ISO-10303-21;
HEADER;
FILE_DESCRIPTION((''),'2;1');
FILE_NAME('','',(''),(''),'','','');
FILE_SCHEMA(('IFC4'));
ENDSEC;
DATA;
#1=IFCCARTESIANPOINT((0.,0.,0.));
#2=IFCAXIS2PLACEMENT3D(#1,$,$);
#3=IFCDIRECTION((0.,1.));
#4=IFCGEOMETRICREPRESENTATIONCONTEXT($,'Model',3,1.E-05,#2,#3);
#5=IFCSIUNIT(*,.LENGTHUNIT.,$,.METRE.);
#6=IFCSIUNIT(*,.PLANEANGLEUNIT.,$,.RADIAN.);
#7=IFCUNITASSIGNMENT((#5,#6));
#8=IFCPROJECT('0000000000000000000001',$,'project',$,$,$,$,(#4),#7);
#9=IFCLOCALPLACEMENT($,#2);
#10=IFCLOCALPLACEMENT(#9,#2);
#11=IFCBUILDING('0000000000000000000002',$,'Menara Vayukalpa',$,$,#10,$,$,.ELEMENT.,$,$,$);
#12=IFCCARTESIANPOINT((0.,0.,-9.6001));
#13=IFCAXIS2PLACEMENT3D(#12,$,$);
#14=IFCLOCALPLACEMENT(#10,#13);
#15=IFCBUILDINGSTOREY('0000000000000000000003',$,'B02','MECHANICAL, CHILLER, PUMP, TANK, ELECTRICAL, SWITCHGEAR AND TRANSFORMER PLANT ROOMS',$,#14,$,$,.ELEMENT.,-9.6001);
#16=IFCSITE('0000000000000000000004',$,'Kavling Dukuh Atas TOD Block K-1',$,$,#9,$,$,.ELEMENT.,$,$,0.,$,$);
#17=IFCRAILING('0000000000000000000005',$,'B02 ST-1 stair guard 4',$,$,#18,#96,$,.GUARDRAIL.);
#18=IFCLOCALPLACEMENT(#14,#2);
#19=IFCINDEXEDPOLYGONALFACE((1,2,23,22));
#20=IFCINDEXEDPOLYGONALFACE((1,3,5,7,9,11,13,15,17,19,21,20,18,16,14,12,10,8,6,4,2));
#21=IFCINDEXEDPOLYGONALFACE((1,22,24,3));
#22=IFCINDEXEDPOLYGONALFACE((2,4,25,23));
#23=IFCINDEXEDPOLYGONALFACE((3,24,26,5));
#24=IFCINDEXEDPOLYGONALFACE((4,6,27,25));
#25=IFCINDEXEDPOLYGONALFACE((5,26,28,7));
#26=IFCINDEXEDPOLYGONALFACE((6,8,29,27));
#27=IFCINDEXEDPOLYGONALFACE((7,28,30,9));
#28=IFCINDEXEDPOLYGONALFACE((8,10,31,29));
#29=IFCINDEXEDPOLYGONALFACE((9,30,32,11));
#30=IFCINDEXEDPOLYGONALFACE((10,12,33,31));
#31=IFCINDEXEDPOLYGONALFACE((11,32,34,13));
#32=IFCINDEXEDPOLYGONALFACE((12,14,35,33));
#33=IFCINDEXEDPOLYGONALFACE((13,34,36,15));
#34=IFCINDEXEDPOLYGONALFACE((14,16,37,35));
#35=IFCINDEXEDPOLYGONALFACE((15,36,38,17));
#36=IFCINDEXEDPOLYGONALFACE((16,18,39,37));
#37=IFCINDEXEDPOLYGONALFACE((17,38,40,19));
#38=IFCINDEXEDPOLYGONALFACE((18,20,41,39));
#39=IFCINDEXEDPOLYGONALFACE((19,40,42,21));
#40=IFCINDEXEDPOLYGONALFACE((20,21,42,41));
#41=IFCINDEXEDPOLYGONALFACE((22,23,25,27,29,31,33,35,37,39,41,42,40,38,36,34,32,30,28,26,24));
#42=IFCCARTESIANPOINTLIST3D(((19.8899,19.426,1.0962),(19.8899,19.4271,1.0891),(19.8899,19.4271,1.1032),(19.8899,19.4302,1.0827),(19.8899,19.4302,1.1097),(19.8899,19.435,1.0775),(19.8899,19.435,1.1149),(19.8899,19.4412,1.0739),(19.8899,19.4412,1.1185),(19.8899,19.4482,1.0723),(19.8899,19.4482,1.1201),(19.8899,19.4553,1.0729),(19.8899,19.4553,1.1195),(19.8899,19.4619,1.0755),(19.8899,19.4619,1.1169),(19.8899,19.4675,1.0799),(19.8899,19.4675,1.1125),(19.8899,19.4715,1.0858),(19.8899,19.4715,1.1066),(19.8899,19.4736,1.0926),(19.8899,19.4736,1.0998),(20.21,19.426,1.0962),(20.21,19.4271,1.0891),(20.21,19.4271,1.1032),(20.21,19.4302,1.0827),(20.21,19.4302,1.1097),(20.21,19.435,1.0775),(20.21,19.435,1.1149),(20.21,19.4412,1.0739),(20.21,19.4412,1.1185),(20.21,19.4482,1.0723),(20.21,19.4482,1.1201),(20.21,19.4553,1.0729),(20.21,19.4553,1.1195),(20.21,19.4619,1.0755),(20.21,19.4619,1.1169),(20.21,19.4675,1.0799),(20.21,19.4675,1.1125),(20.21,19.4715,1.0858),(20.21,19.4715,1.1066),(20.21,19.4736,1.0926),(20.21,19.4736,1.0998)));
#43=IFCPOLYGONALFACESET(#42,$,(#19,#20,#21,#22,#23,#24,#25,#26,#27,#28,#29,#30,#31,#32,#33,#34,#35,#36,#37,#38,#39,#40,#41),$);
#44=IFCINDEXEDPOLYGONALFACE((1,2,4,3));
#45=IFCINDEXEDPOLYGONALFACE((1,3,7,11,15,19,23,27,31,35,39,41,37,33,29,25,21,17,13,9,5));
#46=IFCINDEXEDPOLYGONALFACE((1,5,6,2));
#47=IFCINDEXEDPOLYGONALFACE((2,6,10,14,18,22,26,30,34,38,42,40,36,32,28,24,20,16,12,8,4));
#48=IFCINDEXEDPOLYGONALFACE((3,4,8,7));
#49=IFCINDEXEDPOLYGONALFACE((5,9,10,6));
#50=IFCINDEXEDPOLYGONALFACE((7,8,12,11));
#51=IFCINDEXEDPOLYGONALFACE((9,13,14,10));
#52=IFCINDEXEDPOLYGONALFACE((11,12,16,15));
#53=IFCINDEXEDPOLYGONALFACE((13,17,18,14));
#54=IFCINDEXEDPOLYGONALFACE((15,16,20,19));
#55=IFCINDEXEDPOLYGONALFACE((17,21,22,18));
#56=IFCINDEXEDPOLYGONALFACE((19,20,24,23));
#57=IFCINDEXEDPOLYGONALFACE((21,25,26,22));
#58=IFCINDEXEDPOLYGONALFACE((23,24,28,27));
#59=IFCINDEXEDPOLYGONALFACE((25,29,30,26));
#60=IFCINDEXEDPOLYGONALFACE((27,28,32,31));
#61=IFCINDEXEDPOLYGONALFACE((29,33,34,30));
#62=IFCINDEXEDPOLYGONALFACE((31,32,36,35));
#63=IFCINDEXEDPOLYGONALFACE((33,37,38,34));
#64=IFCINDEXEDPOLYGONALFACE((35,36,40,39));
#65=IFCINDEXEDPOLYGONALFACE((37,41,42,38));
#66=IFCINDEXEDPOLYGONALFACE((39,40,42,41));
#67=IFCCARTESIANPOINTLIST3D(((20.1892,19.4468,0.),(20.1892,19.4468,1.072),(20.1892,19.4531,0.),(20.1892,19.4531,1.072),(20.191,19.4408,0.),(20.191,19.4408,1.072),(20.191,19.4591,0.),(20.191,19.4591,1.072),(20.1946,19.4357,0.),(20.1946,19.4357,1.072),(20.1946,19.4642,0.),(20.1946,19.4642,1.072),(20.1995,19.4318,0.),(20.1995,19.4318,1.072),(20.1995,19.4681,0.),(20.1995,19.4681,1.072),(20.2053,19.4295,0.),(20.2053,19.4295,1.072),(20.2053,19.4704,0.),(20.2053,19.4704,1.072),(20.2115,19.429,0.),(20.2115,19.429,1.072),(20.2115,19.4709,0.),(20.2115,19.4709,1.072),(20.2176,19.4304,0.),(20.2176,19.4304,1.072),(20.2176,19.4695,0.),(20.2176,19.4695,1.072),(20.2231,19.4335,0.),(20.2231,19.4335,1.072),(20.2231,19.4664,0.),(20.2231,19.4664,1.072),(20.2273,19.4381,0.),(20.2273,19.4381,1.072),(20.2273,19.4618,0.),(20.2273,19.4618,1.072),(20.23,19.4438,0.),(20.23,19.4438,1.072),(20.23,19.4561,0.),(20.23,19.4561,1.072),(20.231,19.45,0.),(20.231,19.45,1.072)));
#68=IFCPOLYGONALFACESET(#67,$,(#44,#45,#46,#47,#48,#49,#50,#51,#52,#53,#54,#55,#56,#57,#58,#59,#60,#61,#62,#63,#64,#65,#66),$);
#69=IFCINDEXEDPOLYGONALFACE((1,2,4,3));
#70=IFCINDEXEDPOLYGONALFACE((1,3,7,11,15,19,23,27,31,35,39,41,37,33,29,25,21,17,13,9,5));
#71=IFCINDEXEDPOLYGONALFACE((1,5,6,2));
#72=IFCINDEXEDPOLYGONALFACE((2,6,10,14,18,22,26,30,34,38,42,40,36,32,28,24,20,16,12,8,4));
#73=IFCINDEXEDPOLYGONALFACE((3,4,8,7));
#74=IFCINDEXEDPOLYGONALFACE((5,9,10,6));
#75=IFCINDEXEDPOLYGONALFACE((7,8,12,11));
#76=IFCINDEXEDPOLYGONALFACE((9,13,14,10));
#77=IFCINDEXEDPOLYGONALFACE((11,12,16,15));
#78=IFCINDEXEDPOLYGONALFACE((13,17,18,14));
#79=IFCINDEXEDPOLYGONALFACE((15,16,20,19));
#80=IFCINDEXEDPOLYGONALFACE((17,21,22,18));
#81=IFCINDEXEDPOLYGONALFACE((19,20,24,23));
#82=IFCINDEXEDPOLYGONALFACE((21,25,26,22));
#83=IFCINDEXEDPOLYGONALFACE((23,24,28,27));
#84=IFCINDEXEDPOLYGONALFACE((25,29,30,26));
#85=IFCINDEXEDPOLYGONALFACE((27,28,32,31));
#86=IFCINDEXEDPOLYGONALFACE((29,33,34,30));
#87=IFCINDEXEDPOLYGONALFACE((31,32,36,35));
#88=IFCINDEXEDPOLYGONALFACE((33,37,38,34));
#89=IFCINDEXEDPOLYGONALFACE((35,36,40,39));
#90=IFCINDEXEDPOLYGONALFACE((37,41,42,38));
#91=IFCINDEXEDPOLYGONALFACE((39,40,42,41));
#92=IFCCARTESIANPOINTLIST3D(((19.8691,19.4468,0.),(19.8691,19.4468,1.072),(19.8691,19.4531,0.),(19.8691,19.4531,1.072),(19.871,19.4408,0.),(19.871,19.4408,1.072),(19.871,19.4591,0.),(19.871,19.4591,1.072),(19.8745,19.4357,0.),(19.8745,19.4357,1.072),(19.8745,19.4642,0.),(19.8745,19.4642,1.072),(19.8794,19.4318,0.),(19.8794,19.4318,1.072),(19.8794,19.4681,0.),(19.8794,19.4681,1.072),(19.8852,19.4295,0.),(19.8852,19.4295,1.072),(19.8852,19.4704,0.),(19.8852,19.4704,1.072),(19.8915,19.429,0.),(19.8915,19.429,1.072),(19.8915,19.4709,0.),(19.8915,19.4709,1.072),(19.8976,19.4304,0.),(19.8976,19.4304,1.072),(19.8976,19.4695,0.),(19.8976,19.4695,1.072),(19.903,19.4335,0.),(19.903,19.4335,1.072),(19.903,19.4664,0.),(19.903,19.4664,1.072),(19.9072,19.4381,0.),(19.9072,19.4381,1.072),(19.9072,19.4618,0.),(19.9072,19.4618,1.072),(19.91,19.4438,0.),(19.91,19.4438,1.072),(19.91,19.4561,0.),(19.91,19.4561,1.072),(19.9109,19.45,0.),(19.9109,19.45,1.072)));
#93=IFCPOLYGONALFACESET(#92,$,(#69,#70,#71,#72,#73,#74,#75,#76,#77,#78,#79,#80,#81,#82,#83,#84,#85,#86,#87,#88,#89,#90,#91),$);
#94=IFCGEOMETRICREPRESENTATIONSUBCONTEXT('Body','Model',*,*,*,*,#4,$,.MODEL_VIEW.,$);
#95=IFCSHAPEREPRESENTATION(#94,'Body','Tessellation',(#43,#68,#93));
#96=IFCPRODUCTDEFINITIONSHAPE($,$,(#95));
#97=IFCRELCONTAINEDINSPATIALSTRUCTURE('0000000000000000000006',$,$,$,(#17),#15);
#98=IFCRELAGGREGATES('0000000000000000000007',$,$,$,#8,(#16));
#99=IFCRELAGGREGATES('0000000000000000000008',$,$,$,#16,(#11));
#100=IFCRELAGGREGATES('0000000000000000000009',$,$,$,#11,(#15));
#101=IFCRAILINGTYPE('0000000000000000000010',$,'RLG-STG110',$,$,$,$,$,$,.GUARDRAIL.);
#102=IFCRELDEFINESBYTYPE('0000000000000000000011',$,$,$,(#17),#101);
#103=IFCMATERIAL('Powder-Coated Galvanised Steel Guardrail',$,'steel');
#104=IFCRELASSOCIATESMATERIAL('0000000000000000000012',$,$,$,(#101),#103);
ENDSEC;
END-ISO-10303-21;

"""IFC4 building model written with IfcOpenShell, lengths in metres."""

from ifc_helpers import new_model, si_unit, direction, frame, origin, origin_2d, place, context, subcontext, project, spatial, circle, extrude, material, type_object, element, save


model = new_model("IFC4")

# Units and contexts
model_context = context("Model", 3, precision=1e-05, world=origin(), true_north=direction((0.0, 1.0)))
body_context = subcontext(model_context, "Body", "Model", "MODEL_VIEW")
ifc_project = project(units=[si_unit("LENGTHUNIT", "METRE"), si_unit("PLANEANGLEUNIT", "RADIAN")], contexts=[model_context])

# Site, building, storey
site_placement = place(None, origin())
site = spatial("IfcSite", under=ifc_project, at=site_placement, Name="Kavling Dukuh Atas TOD Block K-1", CompositionType="ELEMENT", RefElevation=0.0)
building_placement = place(site_placement, origin())
building = spatial("IfcBuilding", under=site, at=building_placement, Name="Menara Vayukalpa", CompositionType="ELEMENT")
storey_placement = place(building_placement, frame((0.0, 0.0, -9.6001)))
storey = spatial("IfcBuildingStorey", under=building, at=storey_placement, Name="B02", Description="MECHANICAL, CHILLER, PUMP, TANK, ELECTRICAL, SWITCHGEAR AND TRANSFORMER PLANT ROOMS", CompositionType="ELEMENT", Elevation=-9.6001)

# Railing
ifc_material_1 = material(Name="Powder-Coated Galvanised Steel Guardrail", Category="steel")
railing_type_1 = type_object("IfcRailingType", Name="RLG-STG110", PredefinedType="GUARDRAIL", material=ifc_material_1)
railing_1_placement = place(storey_placement, frame((20.21, 19.45, 0.0)))
element("IfcRailing", 1, at=railing_1_placement, inside=storey, type_object=railing_type_1, Name="B02 ST-1 stair guard 4", PredefinedType="GUARDRAIL", context=body_context, shape_type="SweptSolid", body=[
    extrude(circle(Radius=0.0239, at=origin_2d()), frame((0.0, 0.0, 1.0962), z_axis=(-1.0, 0.0, 0.0), x_axis=(0.0, -1.0, 0.0)), (0.0, 0.0, 1.0), 0.3201),
    extrude(circle(Radius=0.021, at=origin_2d()), origin(), (0.0, 0.0, 1.0), 1.072),
    extrude(circle(Radius=0.021, at=origin_2d()), frame((-0.3201, 0.0, 0.0)), (0.0, 0.0, 1.0), 1.072),
])

save(model, "model.ifc")
